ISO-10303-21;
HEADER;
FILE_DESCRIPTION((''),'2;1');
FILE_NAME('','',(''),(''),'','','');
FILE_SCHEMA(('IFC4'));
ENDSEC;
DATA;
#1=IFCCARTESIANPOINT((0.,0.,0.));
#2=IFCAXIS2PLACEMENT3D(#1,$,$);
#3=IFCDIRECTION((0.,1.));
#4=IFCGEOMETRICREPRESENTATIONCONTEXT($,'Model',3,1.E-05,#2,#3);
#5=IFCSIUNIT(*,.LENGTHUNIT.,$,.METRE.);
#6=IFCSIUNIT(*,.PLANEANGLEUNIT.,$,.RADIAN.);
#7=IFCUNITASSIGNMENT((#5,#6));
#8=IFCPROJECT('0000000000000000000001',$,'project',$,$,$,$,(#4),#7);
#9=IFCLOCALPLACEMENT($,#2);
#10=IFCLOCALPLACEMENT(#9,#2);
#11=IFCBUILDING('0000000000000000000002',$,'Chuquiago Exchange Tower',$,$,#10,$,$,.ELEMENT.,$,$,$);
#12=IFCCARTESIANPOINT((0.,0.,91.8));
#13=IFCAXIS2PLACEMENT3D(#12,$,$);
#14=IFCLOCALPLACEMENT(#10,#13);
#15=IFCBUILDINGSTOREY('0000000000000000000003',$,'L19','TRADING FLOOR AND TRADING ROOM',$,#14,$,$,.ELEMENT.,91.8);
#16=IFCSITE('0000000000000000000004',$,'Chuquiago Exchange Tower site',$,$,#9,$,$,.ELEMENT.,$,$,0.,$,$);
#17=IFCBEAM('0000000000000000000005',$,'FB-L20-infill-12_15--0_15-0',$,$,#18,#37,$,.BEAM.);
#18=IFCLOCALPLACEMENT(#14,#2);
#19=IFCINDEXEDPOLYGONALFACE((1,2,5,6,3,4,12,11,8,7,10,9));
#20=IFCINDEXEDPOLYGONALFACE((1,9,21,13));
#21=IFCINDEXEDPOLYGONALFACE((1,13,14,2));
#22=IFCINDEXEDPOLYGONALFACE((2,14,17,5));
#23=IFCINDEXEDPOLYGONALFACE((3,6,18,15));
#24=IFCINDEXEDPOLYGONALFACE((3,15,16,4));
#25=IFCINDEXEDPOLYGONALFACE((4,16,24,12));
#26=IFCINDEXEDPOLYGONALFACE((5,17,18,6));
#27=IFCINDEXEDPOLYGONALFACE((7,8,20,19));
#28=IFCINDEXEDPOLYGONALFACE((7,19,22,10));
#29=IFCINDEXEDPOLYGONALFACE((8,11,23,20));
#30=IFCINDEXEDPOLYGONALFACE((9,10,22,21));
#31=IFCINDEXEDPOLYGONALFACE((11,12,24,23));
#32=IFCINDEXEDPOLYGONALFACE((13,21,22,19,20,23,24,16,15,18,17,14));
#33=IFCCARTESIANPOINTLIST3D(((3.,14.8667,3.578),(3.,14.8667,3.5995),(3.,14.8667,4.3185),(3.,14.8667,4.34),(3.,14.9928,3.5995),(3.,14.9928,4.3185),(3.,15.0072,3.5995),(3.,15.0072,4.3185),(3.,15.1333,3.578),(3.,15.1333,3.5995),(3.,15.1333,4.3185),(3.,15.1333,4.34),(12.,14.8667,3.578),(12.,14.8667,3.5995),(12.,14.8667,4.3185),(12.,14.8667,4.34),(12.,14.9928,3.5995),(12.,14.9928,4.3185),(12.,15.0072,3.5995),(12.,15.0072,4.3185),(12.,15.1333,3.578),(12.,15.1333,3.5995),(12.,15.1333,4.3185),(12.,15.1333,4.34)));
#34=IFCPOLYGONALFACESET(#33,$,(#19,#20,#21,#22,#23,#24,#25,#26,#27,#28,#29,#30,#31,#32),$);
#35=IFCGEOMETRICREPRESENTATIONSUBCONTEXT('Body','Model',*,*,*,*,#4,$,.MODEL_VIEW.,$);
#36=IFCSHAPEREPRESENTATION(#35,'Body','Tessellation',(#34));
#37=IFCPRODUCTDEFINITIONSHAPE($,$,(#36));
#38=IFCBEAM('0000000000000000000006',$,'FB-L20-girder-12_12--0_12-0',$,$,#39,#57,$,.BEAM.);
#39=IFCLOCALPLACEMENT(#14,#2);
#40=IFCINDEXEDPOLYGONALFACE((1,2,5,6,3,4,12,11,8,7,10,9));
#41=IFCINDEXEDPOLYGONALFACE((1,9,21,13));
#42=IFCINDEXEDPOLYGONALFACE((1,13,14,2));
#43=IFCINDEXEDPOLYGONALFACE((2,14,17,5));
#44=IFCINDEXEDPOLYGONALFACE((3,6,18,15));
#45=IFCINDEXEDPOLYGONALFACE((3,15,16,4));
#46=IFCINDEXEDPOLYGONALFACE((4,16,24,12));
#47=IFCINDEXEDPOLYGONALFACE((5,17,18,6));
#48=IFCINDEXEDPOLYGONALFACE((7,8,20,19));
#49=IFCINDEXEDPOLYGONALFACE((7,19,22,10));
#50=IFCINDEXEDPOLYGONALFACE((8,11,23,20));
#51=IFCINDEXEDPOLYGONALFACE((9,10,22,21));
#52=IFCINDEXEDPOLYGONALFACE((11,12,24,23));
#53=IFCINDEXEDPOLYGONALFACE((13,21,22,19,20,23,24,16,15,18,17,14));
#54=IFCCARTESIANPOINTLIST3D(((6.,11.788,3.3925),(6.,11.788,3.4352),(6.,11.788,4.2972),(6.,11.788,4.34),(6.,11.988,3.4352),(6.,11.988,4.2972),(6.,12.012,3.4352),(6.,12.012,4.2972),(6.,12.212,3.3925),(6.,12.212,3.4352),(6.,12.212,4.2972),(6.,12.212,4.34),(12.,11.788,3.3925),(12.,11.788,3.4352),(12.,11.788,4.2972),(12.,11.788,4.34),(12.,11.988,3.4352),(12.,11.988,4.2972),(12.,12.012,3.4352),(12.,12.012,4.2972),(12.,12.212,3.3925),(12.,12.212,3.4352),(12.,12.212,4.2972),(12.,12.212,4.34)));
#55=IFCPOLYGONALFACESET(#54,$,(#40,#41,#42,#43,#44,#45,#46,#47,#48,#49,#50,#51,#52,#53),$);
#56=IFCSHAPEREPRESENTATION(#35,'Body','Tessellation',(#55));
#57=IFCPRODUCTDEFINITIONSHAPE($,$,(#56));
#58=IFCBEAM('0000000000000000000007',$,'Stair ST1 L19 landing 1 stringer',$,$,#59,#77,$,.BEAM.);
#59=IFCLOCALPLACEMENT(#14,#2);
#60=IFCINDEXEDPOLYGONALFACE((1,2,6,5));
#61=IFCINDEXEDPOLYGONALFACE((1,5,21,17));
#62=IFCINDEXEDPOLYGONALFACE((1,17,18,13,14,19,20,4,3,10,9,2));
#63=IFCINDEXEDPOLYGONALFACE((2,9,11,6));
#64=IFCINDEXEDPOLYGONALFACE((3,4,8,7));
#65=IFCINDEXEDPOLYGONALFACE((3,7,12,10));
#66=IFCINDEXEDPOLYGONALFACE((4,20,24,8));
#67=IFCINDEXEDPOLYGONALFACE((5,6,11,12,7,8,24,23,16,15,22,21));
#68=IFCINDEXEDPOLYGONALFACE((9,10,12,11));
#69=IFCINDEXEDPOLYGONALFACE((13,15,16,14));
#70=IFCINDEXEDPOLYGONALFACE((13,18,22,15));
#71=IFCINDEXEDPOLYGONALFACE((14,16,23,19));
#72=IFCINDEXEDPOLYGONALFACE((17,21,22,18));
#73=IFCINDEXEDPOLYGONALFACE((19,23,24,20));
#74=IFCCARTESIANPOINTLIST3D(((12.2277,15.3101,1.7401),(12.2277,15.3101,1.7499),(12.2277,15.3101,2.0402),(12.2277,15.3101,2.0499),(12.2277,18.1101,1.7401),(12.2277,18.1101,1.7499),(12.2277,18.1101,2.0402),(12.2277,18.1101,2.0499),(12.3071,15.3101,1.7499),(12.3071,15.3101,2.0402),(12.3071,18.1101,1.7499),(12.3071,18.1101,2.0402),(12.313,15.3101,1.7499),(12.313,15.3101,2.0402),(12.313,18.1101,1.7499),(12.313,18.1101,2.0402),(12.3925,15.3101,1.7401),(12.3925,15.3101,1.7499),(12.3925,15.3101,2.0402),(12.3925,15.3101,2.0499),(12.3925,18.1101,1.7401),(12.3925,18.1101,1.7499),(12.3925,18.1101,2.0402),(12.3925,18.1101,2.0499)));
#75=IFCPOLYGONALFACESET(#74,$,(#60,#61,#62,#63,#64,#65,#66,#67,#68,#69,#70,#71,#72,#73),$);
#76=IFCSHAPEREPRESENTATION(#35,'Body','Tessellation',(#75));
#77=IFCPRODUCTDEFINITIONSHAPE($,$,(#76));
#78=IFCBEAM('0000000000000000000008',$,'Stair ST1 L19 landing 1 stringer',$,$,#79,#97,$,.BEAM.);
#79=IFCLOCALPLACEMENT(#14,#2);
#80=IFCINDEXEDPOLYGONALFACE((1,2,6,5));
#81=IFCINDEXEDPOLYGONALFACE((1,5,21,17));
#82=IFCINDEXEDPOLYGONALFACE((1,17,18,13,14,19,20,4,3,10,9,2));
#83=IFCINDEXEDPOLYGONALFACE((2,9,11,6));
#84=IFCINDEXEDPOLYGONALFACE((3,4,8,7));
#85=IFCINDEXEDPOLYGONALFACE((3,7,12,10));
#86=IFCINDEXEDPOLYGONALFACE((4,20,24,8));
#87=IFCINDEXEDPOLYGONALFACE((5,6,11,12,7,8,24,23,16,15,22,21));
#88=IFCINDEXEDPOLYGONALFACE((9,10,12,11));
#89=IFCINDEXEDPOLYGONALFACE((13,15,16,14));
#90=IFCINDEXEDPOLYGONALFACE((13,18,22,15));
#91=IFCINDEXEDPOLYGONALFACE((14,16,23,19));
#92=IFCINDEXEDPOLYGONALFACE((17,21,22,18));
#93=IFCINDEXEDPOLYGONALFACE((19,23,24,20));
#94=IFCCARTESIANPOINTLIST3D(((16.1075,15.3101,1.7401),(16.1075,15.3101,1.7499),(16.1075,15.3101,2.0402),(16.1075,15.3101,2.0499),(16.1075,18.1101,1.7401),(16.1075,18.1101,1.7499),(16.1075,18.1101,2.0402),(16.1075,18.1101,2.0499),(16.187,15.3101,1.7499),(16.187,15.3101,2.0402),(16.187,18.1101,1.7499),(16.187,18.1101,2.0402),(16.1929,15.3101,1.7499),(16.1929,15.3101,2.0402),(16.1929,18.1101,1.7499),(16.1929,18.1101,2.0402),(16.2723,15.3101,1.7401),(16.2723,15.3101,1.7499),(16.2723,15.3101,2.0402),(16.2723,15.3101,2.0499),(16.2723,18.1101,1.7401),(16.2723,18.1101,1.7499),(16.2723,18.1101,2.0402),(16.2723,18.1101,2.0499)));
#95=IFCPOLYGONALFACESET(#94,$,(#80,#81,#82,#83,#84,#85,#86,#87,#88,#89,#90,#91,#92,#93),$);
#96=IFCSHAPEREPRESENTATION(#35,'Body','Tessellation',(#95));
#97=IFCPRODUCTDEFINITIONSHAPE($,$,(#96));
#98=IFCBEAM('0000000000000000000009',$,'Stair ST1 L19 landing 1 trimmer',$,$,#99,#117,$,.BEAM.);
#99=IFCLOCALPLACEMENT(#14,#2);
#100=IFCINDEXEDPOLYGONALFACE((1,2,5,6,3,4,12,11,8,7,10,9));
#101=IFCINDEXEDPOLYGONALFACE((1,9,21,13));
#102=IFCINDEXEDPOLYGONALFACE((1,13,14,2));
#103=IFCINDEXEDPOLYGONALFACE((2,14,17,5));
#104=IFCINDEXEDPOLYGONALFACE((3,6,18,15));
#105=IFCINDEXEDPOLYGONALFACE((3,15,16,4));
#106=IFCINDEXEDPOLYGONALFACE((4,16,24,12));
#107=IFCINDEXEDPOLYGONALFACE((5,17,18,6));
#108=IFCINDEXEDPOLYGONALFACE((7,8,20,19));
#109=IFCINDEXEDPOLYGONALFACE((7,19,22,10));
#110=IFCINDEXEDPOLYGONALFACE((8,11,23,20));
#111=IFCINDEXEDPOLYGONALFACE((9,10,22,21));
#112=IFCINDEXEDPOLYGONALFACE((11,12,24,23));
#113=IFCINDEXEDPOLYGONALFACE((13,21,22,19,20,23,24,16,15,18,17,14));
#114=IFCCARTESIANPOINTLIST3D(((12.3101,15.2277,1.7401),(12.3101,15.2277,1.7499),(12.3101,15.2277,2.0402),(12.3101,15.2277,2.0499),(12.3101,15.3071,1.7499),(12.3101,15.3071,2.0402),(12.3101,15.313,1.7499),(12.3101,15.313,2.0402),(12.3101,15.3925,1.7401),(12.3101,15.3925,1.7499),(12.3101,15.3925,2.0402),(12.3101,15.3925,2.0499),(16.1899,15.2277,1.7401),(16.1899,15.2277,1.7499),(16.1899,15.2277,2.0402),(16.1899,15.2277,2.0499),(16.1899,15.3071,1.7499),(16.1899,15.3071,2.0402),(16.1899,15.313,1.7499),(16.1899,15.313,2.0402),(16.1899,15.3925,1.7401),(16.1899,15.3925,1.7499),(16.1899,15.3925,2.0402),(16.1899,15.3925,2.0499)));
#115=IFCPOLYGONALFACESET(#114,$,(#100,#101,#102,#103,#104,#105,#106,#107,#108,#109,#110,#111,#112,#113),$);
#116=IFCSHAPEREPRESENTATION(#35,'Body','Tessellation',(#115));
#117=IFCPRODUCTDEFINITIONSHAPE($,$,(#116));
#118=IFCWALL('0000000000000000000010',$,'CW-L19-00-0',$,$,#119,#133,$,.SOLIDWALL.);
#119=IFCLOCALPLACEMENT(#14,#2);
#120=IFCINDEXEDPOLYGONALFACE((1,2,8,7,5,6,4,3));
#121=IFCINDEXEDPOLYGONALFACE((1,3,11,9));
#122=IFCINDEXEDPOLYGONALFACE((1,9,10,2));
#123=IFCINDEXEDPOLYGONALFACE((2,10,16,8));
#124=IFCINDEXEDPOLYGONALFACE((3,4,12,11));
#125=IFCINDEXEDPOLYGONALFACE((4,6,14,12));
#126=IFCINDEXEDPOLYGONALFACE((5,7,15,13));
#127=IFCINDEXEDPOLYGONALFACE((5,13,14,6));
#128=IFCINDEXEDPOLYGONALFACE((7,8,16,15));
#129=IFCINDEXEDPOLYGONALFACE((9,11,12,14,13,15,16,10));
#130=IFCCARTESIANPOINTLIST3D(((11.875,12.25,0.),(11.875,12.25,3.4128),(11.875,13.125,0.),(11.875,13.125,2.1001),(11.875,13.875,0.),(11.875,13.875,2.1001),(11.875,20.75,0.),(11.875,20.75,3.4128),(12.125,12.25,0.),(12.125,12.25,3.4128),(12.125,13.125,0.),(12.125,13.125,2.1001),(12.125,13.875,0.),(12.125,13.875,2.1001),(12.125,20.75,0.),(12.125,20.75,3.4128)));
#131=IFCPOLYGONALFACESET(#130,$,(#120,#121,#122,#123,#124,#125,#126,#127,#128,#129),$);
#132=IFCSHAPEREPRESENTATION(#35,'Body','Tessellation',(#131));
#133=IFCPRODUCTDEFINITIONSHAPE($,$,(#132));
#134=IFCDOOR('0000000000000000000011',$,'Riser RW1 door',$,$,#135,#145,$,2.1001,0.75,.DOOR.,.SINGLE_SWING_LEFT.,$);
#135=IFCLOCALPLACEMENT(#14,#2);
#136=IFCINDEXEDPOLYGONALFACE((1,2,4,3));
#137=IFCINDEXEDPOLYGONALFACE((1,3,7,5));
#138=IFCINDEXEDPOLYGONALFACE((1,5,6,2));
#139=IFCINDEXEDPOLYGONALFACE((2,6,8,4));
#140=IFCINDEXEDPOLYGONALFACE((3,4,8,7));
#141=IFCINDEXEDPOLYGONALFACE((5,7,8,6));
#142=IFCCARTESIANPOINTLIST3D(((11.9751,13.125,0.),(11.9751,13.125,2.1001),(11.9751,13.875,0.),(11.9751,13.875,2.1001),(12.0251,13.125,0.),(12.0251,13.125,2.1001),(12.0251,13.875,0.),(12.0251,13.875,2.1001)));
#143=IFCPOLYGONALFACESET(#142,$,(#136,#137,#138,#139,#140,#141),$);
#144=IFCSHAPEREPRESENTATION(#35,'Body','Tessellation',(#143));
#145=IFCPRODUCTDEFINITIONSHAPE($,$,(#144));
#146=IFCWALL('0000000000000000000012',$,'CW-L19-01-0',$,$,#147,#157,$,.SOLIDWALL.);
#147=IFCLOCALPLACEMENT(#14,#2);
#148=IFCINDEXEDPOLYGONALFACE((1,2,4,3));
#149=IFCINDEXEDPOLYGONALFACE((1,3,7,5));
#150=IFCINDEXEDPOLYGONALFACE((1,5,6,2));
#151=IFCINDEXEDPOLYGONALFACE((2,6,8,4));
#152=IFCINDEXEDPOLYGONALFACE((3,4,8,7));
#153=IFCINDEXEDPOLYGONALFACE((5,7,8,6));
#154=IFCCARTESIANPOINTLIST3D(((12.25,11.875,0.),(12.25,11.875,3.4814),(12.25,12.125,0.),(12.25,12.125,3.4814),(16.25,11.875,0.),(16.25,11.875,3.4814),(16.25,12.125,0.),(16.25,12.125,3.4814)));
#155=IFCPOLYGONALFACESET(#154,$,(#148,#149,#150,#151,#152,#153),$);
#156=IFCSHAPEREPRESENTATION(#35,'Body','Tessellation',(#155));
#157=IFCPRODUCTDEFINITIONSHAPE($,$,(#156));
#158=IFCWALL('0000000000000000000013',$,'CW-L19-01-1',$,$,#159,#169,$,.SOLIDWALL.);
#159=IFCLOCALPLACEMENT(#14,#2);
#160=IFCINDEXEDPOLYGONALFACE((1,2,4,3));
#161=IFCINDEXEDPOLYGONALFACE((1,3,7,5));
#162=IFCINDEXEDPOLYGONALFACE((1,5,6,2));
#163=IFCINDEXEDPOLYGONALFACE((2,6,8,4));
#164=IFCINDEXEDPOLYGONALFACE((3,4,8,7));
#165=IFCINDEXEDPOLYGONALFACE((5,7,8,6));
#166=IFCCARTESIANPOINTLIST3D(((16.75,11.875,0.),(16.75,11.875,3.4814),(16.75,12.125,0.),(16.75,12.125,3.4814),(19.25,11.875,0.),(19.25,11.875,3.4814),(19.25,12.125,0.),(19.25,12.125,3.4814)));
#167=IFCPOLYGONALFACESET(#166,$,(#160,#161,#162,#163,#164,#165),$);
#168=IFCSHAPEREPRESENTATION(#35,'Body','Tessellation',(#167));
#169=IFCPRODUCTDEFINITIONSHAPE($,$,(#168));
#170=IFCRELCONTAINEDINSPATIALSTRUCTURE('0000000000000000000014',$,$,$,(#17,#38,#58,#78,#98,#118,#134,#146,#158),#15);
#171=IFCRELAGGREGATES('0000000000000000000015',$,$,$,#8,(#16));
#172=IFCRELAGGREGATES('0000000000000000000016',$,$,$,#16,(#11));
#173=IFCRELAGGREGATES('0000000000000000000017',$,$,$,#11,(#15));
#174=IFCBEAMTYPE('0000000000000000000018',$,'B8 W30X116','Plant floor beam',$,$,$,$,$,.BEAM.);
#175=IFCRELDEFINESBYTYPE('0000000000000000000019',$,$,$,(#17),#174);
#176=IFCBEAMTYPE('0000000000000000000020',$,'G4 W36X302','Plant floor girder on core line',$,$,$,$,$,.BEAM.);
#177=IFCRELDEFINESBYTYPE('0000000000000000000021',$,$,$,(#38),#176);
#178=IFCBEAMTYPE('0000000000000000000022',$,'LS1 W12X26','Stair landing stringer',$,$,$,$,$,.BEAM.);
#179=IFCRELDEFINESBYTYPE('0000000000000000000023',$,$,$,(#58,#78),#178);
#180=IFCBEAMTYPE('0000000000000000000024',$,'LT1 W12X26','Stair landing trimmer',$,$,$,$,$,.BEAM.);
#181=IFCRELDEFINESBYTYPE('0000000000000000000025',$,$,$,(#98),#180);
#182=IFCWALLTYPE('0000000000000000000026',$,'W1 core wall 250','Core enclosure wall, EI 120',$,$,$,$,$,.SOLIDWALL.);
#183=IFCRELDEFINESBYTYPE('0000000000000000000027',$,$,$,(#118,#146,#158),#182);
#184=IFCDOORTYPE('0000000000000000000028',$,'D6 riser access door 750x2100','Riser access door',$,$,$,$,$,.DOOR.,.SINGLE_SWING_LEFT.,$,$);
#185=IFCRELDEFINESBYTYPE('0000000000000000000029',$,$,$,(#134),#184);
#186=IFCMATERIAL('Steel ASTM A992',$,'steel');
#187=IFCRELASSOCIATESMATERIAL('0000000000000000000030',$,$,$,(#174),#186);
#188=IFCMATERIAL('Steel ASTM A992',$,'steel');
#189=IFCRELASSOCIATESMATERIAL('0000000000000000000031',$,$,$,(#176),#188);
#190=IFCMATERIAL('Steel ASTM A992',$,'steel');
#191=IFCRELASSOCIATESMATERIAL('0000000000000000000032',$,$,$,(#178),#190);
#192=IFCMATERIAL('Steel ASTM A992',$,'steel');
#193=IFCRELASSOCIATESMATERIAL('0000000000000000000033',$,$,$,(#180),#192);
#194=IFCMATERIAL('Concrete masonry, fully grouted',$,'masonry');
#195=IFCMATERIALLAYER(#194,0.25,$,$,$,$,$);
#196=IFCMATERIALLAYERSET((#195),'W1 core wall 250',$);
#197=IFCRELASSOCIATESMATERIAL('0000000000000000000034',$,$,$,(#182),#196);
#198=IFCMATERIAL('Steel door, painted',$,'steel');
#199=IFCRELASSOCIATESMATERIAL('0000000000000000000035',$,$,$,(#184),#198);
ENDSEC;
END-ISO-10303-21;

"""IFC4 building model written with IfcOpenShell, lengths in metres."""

from ifc_helpers import new_model, si_unit, direction, frame, frame_2d, origin, origin_2d, place, context, subcontext, project, spatial, rectangle, i_section, extrude, material, layer, layer_set, material_profile, profile_set, type_object, element, fill, save


model = new_model("IFC4")

# Units and contexts
model_context = context("Model", 3, precision=1e-05, world=origin(), true_north=direction((0.0, 1.0)))
body_context = subcontext(model_context, "Body", "Model", "MODEL_VIEW")
ifc_project = project(units=[si_unit("LENGTHUNIT", "METRE"), si_unit("PLANEANGLEUNIT", "RADIAN")], contexts=[model_context])

# Site, building, storey
site_placement = place(None, origin())
site = spatial("IfcSite", under=ifc_project, at=site_placement, Name="Chuquiago Exchange Tower site", CompositionType="ELEMENT", RefElevation=0.0)
building_placement = place(site_placement, origin())
building = spatial("IfcBuilding", under=site, at=building_placement, Name="Chuquiago Exchange Tower", CompositionType="ELEMENT")
storey_placement = place(building_placement, frame((0.0, 0.0, 91.8)))
storey = spatial("IfcBuildingStorey", under=building, at=storey_placement, Name="L19", Description="TRADING FLOOR AND TRADING ROOM", CompositionType="ELEMENT", Elevation=91.8)

# Beams
ifc_material_1 = material(Name="Steel ASTM A992", Category="steel")
ifc_material_profile_1 = material_profile(ifc_material_1, i_section(OverallWidth=0.2666, OverallDepth=0.762, WebThickness=0.0144, FlangeThickness=0.0215, at=origin_2d()), Name="W30X116")
ifc_profile_set_1 = profile_set([ifc_material_profile_1], Name="Steel ASTM A992")
beam_type_1 = type_object("IfcBeamType", Name="B8 W30X116", Description="Plant floor beam", PredefinedType="BEAM", material=ifc_profile_set_1)
beam_1_placement = place(storey_placement, frame((12.0, 15.0, 3.959), z_axis=(-1.0, 0.0, 0.0), x_axis=(0.0, -1.0, 0.0)))
element("IfcBeam", 1, at=beam_1_placement, inside=storey, type_object=beam_type_1, Name="FB-L20-infill-12_15--0_15-0", PredefinedType="BEAM", context=body_context, shape_type="SweptSolid", body=[
    extrude(i_section(OverallWidth=0.2666, OverallDepth=0.762, WebThickness=0.0144, FlangeThickness=0.0215, at=origin_2d()), origin(), (0.0, 0.0, 1.0), 9.0),
])
ifc_material_2 = material(Name="Steel ASTM A992", Category="steel")
ifc_material_profile_2 = material_profile(ifc_material_2, i_section(OverallWidth=0.4241, OverallDepth=0.9475, WebThickness=0.0239, FlangeThickness=0.0427, at=origin_2d()), Name="W36X302")
ifc_profile_set_2 = profile_set([ifc_material_profile_2], Name="Steel ASTM A992")
beam_type_2 = type_object("IfcBeamType", Name="G4 W36X302", Description="Plant floor girder on core line", PredefinedType="BEAM", material=ifc_profile_set_2)
beam_2_placement = place(storey_placement, frame((12.0, 12.0, 3.8662), z_axis=(-1.0, 0.0, 0.0), x_axis=(0.0, -1.0, 0.0)))
element("IfcBeam", 2, at=beam_2_placement, inside=storey, type_object=beam_type_2, Name="FB-L20-girder-12_12--0_12-0", PredefinedType="BEAM", context=body_context, shape_type="SweptSolid", body=[
    extrude(i_section(OverallWidth=0.4241, OverallDepth=0.9475, WebThickness=0.0239, FlangeThickness=0.0427, at=origin_2d()), origin(), (0.0, 0.0, 1.0), 6.0),
])
ifc_material_3 = material(Name="Steel ASTM A992", Category="steel")
ifc_material_profile_3 = material_profile(ifc_material_3, i_section(OverallWidth=0.1648, OverallDepth=0.3098, WebThickness=0.0059, FlangeThickness=0.0098, at=origin_2d()), Name="W12X26")
ifc_profile_set_3 = profile_set([ifc_material_profile_3], Name="Steel ASTM A992")
beam_type_3 = type_object("IfcBeamType", Name="LS1 W12X26", Description="Stair landing stringer", PredefinedType="BEAM", material=ifc_profile_set_3)
for number, where, z_axis, x_axis, name in (
    (3, (12.3101, 15.3101, 1.895), (0.0, 1.0, 0.0), (-1.0, 0.0, 0.0), "Stair ST1 L19 landing 1 stringer"),
    (4, (16.1899, 15.3101, 1.895), (0.0, 1.0, 0.0), (-1.0, 0.0, 0.0), "Stair ST1 L19 landing 1 stringer"),
):
    element("IfcBeam", number, at=place(storey_placement, frame(where, z_axis=z_axis, x_axis=x_axis)), inside=storey, type_object=beam_type_3, Name=name, PredefinedType="BEAM", context=body_context, shape_type="SweptSolid", body=[
        extrude(i_section(OverallWidth=0.1648, OverallDepth=0.3098, WebThickness=0.0059, FlangeThickness=0.0098, at=origin_2d()), origin(), (0.0, 0.0, 1.0), 2.8),
    ])
ifc_material_4 = material(Name="Steel ASTM A992", Category="steel")
ifc_material_profile_4 = material_profile(ifc_material_4, i_section(OverallWidth=0.1648, OverallDepth=0.3098, WebThickness=0.0059, FlangeThickness=0.0098, at=origin_2d()), Name="W12X26")
ifc_profile_set_4 = profile_set([ifc_material_profile_4], Name="Steel ASTM A992")
beam_type_4 = type_object("IfcBeamType", Name="LT1 W12X26", Description="Stair landing trimmer", PredefinedType="BEAM", material=ifc_profile_set_4)
beam_3_placement = place(storey_placement, frame((12.3101, 15.3101, 1.895), z_axis=(1.0, 0.0, 0.0), x_axis=(0.0, 1.0, 0.0)))
element("IfcBeam", 5, at=beam_3_placement, inside=storey, type_object=beam_type_4, Name="Stair ST1 L19 landing 1 trimmer", PredefinedType="BEAM", context=body_context, shape_type="SweptSolid", body=[
    extrude(i_section(OverallWidth=0.1648, OverallDepth=0.3098, WebThickness=0.0059, FlangeThickness=0.0098, at=origin_2d()), origin(), (0.0, 0.0, 1.0), 3.8799),
])

# Wall, opening, door
ifc_material_5 = material(Name="Concrete masonry, fully grouted", Category="masonry")
ifc_layer_1 = layer(ifc_material_5, 0.25)
ifc_layer_set_1 = layer_set([ifc_layer_1], Name="W1 core wall 250")
wall_type_1 = type_object("IfcWallType", Name="W1 core wall 250", Description="Core enclosure wall, EI 120", PredefinedType="SOLIDWALL", material=ifc_layer_set_1)
wall_1_placement = place(storey_placement, frame((12.0, 12.25, 0.0), z_axis=(0.0, 0.0, 1.0), x_axis=(0.0, 1.0, 0.0)))
wall_1 = element("IfcWall", 6, at=wall_1_placement, inside=storey, type_object=wall_type_1, Name="CW-L19-00-0", PredefinedType="SOLIDWALL", context=body_context, shape_type="SweptSolid", body=[
    extrude(rectangle(XDim=8.5, YDim=0.25, at=frame_2d((4.25, 0.0))), origin(), (0.0, 0.0, 1.0), 3.4128),
])
opening_placement = place(wall_1_placement, frame((0.875, 0.0, 0.0)))
opening = element("IfcOpeningElement", 7, at=opening_placement, cuts=wall_1, PredefinedType="OPENING", context=body_context, shape_type="SweptSolid", body=[
    extrude(rectangle(XDim=0.75, YDim=2.1001, at=frame_2d((0.375, 1.05))), frame((0.0, 0.135, 0.0), z_axis=(0.0, -1.0, 0.0), x_axis=(1.0, 0.0, 0.0)), (0.0, 0.0, 1.0), 0.27),
])
ifc_material_6 = material(Name="Steel door, painted", Category="steel")
door_type = type_object("IfcDoorType", Name="D6 riser access door 750x2100", Description="Riser access door", OperationType="SINGLE_SWING_LEFT", PredefinedType="DOOR", material=ifc_material_6)
door_placement = place(opening_placement, origin())
door = element("IfcDoor", 8, at=door_placement, inside=storey, type_object=door_type, Name="Riser RW1 door", OperationType="SINGLE_SWING_LEFT", OverallHeight=2.1001, OverallWidth=0.75, PredefinedType="DOOR", context=body_context, shape_type="SweptSolid", body=[
    extrude(rectangle(XDim=0.75, YDim=2.1001, at=frame_2d((0.375, 1.05))), frame((0.0, 0.0249, 0.0), z_axis=(0.0, -1.0, 0.0), x_axis=(1.0, 0.0, 0.0)), (0.0, 0.0, 1.0), 0.05),
])
fill(opening, door)

# Walls
wall_2_placement = place(storey_placement, frame((12.25, 12.0, 0.0), z_axis=(0.0, 0.0, 1.0), x_axis=(1.0, 0.0, 0.0)))
element("IfcWall", 9, at=wall_2_placement, inside=storey, type_object=wall_type_1, Name="CW-L19-01-0", PredefinedType="SOLIDWALL", context=body_context, shape_type="SweptSolid", body=[
    extrude(rectangle(XDim=4.0, YDim=0.25, at=frame_2d((2.0, 0.0))), origin(), (0.0, 0.0, 1.0), 3.4814),
])
wall_3_placement = place(storey_placement, frame((16.75, 12.0, 0.0), z_axis=(0.0, 0.0, 1.0), x_axis=(1.0, 0.0, 0.0)))
element("IfcWall", 10, at=wall_3_placement, inside=storey, type_object=wall_type_1, Name="CW-L19-01-1", PredefinedType="SOLIDWALL", context=body_context, shape_type="SweptSolid", body=[
    extrude(rectangle(XDim=2.5, YDim=0.25, at=frame_2d((1.25, 0.0))), origin(), (0.0, 0.0, 1.0), 3.4814),
])

save(model, "model.ifc")
